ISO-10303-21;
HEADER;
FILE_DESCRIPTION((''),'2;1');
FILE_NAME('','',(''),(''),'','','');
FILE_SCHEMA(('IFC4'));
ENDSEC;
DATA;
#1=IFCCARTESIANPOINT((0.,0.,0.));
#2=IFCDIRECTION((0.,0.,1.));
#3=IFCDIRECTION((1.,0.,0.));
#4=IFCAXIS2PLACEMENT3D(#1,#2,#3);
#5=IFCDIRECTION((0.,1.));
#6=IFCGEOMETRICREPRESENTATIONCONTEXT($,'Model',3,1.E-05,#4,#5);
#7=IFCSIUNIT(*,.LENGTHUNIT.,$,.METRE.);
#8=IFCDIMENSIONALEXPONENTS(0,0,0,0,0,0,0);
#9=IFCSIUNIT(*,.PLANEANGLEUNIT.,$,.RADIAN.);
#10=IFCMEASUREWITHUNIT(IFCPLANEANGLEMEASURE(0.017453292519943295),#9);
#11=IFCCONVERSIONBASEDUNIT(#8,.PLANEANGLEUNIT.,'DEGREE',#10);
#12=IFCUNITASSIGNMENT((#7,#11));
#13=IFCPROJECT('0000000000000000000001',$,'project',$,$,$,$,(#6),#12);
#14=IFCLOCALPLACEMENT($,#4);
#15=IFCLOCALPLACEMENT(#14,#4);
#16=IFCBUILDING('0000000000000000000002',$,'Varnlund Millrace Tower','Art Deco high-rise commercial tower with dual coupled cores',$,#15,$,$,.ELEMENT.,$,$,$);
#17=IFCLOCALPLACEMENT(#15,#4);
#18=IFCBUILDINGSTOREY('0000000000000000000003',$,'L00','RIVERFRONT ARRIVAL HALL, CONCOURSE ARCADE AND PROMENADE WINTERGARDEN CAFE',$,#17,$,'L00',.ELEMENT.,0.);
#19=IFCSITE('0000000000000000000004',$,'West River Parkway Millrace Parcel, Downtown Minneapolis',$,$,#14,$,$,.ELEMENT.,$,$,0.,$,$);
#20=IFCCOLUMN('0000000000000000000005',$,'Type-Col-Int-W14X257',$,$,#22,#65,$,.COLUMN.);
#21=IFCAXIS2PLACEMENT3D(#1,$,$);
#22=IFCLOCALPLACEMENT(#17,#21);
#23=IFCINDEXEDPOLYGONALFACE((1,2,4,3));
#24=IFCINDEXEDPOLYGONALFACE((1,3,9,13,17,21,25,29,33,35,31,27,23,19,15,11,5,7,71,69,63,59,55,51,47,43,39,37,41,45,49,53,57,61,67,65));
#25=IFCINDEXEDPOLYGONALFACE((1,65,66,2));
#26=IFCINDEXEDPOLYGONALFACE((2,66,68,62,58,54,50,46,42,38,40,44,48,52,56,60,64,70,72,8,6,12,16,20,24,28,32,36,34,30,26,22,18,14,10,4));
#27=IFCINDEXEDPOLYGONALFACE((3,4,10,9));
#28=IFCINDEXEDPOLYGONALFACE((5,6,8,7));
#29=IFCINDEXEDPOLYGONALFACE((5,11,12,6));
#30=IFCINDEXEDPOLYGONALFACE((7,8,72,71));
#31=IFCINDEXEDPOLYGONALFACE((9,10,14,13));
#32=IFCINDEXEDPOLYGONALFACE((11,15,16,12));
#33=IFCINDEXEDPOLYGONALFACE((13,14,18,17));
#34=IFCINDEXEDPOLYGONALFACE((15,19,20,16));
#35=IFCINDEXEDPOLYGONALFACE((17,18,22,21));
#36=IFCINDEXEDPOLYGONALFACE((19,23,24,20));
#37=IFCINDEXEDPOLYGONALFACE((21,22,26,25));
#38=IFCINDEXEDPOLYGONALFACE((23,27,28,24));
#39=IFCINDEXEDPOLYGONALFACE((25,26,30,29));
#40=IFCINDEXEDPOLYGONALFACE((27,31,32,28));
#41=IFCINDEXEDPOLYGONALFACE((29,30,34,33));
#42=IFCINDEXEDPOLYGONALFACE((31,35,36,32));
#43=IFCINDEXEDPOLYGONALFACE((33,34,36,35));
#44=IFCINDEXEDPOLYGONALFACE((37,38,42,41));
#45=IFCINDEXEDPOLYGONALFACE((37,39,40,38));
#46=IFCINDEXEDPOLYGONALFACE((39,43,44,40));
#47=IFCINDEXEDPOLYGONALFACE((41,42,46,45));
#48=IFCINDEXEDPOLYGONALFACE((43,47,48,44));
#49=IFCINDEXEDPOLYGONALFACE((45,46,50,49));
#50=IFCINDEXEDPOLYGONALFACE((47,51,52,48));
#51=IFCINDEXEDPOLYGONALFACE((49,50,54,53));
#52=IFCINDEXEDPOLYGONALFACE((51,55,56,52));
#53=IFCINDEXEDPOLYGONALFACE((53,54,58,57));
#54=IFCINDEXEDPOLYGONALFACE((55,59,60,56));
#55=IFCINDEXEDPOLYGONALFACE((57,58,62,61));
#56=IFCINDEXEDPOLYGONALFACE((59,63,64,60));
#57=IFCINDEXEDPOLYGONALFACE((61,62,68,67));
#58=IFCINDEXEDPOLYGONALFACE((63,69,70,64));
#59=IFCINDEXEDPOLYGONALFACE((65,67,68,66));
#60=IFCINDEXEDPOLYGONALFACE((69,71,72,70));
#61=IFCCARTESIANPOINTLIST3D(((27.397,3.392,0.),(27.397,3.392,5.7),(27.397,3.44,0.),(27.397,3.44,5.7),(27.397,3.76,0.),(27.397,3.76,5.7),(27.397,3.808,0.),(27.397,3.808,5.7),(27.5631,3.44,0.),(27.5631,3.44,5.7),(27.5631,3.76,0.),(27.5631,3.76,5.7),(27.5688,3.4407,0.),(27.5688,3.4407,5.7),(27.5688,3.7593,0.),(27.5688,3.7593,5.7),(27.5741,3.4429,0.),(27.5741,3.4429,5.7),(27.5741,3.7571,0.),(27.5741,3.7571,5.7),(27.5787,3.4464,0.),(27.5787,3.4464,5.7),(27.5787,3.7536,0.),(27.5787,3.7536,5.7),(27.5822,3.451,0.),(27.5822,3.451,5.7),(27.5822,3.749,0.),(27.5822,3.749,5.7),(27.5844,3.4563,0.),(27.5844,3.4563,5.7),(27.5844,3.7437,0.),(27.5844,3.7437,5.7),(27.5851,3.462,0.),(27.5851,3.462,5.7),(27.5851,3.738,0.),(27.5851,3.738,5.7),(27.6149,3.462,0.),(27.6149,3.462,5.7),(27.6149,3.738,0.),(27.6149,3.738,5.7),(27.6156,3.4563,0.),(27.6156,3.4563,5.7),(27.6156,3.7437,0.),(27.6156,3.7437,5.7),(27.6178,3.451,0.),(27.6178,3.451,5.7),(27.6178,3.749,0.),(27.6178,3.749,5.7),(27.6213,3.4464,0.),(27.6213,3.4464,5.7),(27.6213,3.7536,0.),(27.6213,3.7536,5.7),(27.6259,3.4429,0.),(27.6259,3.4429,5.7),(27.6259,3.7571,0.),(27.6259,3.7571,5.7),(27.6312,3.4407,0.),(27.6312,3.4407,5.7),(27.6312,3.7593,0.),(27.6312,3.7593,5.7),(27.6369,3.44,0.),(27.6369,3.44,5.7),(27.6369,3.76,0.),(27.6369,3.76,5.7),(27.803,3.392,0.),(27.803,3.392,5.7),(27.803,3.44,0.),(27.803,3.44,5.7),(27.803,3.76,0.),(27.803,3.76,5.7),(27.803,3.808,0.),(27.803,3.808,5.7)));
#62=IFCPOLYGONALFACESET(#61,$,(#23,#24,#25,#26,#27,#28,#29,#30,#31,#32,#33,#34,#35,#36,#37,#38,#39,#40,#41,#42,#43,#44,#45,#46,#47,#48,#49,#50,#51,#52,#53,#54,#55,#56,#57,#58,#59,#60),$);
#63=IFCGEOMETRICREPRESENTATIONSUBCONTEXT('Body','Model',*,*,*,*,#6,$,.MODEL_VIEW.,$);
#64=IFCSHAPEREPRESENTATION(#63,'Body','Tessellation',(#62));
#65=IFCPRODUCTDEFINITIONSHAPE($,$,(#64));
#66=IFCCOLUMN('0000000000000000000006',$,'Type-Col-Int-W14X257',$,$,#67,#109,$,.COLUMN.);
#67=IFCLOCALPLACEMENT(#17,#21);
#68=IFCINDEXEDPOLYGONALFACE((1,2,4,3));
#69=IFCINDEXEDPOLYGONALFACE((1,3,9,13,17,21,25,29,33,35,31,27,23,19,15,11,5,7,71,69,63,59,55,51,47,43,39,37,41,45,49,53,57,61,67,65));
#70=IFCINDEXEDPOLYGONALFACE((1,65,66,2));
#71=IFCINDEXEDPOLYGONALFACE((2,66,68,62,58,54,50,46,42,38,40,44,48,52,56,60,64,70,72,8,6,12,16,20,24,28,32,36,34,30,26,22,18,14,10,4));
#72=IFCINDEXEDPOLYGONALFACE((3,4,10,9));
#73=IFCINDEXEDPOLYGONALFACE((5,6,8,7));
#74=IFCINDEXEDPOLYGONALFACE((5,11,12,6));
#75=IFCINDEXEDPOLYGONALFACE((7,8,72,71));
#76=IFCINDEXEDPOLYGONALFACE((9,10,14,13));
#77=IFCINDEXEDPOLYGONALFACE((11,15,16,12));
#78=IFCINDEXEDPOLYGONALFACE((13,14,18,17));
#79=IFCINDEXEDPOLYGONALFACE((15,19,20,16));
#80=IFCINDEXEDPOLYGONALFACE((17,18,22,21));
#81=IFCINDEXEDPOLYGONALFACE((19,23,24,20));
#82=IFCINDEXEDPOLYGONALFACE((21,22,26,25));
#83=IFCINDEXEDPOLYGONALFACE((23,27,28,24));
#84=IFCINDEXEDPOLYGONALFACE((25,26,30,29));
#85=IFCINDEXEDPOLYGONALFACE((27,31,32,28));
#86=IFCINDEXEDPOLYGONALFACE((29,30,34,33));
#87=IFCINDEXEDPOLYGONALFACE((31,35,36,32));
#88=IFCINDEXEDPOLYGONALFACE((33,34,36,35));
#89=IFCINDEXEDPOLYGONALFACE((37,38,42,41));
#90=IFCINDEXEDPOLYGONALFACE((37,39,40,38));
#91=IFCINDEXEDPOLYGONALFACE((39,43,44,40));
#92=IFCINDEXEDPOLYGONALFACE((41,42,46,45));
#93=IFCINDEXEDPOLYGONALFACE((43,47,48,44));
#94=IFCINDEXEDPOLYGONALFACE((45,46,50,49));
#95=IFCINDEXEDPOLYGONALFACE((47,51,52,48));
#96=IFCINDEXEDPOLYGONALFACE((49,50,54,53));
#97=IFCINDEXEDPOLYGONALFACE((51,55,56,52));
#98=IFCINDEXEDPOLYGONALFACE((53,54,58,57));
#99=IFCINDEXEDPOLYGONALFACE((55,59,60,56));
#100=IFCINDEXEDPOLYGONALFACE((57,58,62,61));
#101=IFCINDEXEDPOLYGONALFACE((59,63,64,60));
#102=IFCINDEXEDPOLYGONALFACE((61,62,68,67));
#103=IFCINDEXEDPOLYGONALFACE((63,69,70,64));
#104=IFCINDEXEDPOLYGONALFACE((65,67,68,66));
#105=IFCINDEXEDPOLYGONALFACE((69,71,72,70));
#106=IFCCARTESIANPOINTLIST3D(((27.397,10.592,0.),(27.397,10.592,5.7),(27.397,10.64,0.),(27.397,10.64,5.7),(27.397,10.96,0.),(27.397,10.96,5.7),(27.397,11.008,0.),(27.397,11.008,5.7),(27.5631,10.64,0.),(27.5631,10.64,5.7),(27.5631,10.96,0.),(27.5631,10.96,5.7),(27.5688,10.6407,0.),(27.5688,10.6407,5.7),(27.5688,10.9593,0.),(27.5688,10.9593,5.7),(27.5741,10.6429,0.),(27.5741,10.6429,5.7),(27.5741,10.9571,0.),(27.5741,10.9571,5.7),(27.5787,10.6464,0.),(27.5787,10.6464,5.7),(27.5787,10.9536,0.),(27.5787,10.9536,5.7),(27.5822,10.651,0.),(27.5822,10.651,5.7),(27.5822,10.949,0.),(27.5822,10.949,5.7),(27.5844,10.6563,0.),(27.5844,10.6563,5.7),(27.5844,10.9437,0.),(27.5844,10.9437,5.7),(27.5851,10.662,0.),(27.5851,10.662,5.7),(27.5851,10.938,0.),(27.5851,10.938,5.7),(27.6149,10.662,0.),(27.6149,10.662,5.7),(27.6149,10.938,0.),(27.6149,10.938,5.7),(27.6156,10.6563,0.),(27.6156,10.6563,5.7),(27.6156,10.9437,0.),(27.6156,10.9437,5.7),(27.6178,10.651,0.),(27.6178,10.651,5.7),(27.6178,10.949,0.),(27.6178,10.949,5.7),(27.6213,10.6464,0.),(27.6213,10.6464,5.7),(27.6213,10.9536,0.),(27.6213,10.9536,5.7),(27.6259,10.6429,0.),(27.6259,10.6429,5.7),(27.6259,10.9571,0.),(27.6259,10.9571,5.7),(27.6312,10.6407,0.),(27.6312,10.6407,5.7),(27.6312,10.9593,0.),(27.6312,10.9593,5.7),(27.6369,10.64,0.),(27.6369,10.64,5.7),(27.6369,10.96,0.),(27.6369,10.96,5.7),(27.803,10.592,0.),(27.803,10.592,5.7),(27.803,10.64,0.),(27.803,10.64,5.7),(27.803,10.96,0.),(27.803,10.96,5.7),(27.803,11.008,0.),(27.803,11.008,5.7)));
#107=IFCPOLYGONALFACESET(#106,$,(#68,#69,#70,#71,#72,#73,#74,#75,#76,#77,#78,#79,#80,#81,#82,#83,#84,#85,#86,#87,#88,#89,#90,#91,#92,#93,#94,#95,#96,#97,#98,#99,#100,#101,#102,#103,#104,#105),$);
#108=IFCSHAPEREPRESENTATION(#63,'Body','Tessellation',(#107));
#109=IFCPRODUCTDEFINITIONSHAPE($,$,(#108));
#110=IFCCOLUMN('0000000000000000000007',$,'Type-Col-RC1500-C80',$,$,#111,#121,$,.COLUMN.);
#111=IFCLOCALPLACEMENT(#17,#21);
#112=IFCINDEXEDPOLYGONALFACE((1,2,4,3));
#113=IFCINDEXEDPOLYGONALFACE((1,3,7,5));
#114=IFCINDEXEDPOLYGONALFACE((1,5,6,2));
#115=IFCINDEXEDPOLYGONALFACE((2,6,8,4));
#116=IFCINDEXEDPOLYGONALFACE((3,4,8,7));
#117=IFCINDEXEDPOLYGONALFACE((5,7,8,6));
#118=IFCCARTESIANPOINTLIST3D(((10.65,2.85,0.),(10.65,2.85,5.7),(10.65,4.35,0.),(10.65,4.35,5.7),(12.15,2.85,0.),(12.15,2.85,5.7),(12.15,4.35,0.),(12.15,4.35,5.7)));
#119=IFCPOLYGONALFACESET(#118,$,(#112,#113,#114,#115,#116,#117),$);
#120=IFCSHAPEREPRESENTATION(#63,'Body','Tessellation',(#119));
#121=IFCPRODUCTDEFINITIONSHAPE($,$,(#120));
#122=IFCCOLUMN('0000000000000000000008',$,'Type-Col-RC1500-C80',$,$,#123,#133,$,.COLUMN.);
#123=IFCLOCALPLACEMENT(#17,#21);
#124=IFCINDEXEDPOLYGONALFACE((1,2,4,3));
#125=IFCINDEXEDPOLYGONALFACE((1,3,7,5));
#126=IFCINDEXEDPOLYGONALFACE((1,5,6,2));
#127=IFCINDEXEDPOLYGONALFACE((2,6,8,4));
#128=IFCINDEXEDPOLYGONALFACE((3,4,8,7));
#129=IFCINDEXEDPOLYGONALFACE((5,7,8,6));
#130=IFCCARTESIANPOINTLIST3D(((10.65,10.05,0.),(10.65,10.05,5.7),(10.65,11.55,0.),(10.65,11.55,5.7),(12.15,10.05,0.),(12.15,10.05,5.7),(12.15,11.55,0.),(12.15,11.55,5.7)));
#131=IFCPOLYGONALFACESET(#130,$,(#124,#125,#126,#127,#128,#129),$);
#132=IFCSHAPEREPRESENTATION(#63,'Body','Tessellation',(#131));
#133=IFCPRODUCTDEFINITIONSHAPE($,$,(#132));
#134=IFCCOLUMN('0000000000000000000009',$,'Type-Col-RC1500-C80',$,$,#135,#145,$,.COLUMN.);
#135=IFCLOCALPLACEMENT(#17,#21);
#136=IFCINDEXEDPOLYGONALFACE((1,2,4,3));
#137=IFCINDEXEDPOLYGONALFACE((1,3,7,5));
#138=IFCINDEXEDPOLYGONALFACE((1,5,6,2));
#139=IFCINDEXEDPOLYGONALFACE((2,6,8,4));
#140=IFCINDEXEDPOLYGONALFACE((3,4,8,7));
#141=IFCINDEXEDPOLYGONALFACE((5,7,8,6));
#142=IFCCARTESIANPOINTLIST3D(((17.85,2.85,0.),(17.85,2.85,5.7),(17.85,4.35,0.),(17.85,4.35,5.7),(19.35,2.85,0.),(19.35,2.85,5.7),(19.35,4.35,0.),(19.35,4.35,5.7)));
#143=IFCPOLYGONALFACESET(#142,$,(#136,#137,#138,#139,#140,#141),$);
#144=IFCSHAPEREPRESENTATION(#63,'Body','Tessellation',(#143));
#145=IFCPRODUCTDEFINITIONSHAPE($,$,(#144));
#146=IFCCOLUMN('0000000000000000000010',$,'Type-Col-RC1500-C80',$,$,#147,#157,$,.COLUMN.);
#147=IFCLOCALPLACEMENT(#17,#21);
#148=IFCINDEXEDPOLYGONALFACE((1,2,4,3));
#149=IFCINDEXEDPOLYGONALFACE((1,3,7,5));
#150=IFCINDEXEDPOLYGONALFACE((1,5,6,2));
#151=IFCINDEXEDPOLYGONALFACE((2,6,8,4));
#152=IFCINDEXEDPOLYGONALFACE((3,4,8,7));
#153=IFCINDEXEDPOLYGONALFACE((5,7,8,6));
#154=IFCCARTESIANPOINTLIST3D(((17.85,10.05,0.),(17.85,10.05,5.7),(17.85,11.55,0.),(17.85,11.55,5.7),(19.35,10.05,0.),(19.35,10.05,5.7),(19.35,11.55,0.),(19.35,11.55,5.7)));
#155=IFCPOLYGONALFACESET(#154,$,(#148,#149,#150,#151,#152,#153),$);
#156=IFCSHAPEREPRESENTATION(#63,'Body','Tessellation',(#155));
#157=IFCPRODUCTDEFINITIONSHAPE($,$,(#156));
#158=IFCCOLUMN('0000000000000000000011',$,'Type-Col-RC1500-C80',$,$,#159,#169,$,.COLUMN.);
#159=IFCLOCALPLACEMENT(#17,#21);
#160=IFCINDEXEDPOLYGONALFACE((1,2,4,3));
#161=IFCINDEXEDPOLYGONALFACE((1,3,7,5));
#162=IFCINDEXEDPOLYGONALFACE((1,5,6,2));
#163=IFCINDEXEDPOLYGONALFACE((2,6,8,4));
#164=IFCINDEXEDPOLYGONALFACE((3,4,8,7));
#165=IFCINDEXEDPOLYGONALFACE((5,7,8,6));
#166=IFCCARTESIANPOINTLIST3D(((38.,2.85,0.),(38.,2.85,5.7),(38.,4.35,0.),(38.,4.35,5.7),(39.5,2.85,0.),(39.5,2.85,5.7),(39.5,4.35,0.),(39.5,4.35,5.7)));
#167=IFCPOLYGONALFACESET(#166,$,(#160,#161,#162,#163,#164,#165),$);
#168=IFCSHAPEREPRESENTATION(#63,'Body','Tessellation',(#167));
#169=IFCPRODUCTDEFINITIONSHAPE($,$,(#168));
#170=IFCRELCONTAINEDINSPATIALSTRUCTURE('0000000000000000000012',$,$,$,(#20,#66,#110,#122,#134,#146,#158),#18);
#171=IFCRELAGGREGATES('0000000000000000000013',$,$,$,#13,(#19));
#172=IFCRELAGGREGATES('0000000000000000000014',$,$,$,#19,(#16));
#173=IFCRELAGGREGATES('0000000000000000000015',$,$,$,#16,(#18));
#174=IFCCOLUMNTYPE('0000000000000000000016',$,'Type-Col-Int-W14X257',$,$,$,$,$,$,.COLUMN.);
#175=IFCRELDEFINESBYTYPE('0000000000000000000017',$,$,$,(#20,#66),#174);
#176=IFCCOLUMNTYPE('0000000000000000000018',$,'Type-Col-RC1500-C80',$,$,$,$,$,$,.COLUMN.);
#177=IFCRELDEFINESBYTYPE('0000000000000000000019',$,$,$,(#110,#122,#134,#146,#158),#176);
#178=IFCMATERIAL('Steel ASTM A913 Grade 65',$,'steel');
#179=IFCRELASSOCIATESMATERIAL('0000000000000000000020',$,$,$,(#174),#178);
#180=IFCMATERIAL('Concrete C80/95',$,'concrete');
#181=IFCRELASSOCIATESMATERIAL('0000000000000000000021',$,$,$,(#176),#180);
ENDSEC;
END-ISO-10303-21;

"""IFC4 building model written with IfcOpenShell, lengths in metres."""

from ifc_helpers import new_model, entity, si_unit, converted_unit, direction, frame, origin_with_axes, origin_2d_with_axis, place, context, subcontext, project, spatial, rectangle, i_section, extrude, material, material_profile, profile_set, type_object, element, save


model = new_model("IFC4")

# Units and contexts
model_context = context("Model", 3, precision=1e-05, world=origin_with_axes(), true_north=direction((0.0, 1.0)))
body_context = subcontext(model_context, "Body", "Model", "MODEL_VIEW")
ifc_project = project(units=[si_unit("LENGTHUNIT", "METRE"), converted_unit("PLANEANGLEUNIT", "DEGREE", entity("IfcPlaneAngleMeasure", 0.017453292519943295), si_unit("PLANEANGLEUNIT", "RADIAN"), dimensions=[0, 0, 0, 0, 0, 0, 0])], contexts=[model_context])

# Site, building, storey
site_placement = place(None, origin_with_axes())
site = spatial("IfcSite", under=ifc_project, at=site_placement, Name="West River Parkway Millrace Parcel, Downtown Minneapolis", CompositionType="ELEMENT", RefElevation=0.0)
building_placement = place(site_placement, origin_with_axes())
building = spatial("IfcBuilding", under=site, at=building_placement, Name="Varnlund Millrace Tower", Description="Art Deco high-rise commercial tower with dual coupled cores", CompositionType="ELEMENT")
storey_placement = place(building_placement, origin_with_axes())
storey = spatial("IfcBuildingStorey", under=building, at=storey_placement, Name="L00", Description="RIVERFRONT ARRIVAL HALL, CONCOURSE ARCADE AND PROMENADE WINTERGARDEN CAFE", LongName="L00", CompositionType="ELEMENT", Elevation=0.0)

# Columns
ifc_material_1 = material(Name="Steel ASTM A913 Grade 65", Category="steel")
ifc_material_profile_1 = material_profile(ifc_material_1, i_section(OverallWidth=0.406, OverallDepth=0.416, WebThickness=0.0298, FlangeThickness=0.048, FilletRadius=0.022, at=origin_2d_with_axis()), Name="Steel ASTM A913 Grade 65")
ifc_profile_set_1 = profile_set([ifc_material_profile_1], Name="Steel ASTM A913 Grade 65")
column_type_1 = type_object("IfcColumnType", Name="Type-Col-Int-W14X257", PredefinedType="COLUMN", material=ifc_profile_set_1)
for number, where, z_axis, x_axis, name in (
    (1, (27.6, 3.6, 0.0), (0.0, 0.0, 1.0), (1.0, 0.0, 0.0), "Type-Col-Int-W14X257"),
    (2, (27.6, 10.8, 0.0), (0.0, 0.0, 1.0), (1.0, 0.0, 0.0), "Type-Col-Int-W14X257"),
):
    element("IfcColumn", number, at=place(storey_placement, frame(where, z_axis=z_axis, x_axis=x_axis)), inside=storey, type_object=column_type_1, Name=name, PredefinedType="COLUMN", context=body_context, shape_type="SweptSolid", body=[
        extrude(i_section(OverallWidth=0.406, OverallDepth=0.416, WebThickness=0.0298, FlangeThickness=0.048, FilletRadius=0.022, at=origin_2d_with_axis()), origin_with_axes(), (0.0, 0.0, 1.0), 5.7),
    ])
ifc_material_2 = material(Name="Concrete C80/95", Category="concrete")
ifc_material_profile_2 = material_profile(ifc_material_2, rectangle(XDim=1.5, YDim=1.5, at=origin_2d_with_axis()), Name="Concrete C80/95")
ifc_profile_set_2 = profile_set([ifc_material_profile_2], Name="Concrete C80/95")
column_type_2 = type_object("IfcColumnType", Name="Type-Col-RC1500-C80", PredefinedType="COLUMN", material=ifc_profile_set_2)
for number, where, z_axis, x_axis, name in (
    (3, (11.4, 3.6, 0.0), (0.0, 0.0, 1.0), (1.0, 0.0, 0.0), "Type-Col-RC1500-C80"),
    (4, (11.4, 10.8, 0.0), (0.0, 0.0, 1.0), (1.0, 0.0, 0.0), "Type-Col-RC1500-C80"),
    (5, (18.6, 3.6, 0.0), (0.0, 0.0, 1.0), (1.0, 0.0, 0.0), "Type-Col-RC1500-C80"),
    (6, (18.6, 10.8, 0.0), (0.0, 0.0, 1.0), (1.0, 0.0, 0.0), "Type-Col-RC1500-C80"),
    (7, (38.75, 3.6, 0.0), (0.0, 0.0, 1.0), (1.0, 0.0, 0.0), "Type-Col-RC1500-C80"),
):
    element("IfcColumn", number, at=place(storey_placement, frame(where, z_axis=z_axis, x_axis=x_axis)), inside=storey, type_object=column_type_2, Name=name, PredefinedType="COLUMN", context=body_context, shape_type="SweptSolid", body=[
        extrude(rectangle(XDim=1.5, YDim=1.5, at=origin_2d_with_axis()), origin_with_axes(), (0.0, 0.0, 1.0), 5.7),
    ])

save(model, "model.ifc")
